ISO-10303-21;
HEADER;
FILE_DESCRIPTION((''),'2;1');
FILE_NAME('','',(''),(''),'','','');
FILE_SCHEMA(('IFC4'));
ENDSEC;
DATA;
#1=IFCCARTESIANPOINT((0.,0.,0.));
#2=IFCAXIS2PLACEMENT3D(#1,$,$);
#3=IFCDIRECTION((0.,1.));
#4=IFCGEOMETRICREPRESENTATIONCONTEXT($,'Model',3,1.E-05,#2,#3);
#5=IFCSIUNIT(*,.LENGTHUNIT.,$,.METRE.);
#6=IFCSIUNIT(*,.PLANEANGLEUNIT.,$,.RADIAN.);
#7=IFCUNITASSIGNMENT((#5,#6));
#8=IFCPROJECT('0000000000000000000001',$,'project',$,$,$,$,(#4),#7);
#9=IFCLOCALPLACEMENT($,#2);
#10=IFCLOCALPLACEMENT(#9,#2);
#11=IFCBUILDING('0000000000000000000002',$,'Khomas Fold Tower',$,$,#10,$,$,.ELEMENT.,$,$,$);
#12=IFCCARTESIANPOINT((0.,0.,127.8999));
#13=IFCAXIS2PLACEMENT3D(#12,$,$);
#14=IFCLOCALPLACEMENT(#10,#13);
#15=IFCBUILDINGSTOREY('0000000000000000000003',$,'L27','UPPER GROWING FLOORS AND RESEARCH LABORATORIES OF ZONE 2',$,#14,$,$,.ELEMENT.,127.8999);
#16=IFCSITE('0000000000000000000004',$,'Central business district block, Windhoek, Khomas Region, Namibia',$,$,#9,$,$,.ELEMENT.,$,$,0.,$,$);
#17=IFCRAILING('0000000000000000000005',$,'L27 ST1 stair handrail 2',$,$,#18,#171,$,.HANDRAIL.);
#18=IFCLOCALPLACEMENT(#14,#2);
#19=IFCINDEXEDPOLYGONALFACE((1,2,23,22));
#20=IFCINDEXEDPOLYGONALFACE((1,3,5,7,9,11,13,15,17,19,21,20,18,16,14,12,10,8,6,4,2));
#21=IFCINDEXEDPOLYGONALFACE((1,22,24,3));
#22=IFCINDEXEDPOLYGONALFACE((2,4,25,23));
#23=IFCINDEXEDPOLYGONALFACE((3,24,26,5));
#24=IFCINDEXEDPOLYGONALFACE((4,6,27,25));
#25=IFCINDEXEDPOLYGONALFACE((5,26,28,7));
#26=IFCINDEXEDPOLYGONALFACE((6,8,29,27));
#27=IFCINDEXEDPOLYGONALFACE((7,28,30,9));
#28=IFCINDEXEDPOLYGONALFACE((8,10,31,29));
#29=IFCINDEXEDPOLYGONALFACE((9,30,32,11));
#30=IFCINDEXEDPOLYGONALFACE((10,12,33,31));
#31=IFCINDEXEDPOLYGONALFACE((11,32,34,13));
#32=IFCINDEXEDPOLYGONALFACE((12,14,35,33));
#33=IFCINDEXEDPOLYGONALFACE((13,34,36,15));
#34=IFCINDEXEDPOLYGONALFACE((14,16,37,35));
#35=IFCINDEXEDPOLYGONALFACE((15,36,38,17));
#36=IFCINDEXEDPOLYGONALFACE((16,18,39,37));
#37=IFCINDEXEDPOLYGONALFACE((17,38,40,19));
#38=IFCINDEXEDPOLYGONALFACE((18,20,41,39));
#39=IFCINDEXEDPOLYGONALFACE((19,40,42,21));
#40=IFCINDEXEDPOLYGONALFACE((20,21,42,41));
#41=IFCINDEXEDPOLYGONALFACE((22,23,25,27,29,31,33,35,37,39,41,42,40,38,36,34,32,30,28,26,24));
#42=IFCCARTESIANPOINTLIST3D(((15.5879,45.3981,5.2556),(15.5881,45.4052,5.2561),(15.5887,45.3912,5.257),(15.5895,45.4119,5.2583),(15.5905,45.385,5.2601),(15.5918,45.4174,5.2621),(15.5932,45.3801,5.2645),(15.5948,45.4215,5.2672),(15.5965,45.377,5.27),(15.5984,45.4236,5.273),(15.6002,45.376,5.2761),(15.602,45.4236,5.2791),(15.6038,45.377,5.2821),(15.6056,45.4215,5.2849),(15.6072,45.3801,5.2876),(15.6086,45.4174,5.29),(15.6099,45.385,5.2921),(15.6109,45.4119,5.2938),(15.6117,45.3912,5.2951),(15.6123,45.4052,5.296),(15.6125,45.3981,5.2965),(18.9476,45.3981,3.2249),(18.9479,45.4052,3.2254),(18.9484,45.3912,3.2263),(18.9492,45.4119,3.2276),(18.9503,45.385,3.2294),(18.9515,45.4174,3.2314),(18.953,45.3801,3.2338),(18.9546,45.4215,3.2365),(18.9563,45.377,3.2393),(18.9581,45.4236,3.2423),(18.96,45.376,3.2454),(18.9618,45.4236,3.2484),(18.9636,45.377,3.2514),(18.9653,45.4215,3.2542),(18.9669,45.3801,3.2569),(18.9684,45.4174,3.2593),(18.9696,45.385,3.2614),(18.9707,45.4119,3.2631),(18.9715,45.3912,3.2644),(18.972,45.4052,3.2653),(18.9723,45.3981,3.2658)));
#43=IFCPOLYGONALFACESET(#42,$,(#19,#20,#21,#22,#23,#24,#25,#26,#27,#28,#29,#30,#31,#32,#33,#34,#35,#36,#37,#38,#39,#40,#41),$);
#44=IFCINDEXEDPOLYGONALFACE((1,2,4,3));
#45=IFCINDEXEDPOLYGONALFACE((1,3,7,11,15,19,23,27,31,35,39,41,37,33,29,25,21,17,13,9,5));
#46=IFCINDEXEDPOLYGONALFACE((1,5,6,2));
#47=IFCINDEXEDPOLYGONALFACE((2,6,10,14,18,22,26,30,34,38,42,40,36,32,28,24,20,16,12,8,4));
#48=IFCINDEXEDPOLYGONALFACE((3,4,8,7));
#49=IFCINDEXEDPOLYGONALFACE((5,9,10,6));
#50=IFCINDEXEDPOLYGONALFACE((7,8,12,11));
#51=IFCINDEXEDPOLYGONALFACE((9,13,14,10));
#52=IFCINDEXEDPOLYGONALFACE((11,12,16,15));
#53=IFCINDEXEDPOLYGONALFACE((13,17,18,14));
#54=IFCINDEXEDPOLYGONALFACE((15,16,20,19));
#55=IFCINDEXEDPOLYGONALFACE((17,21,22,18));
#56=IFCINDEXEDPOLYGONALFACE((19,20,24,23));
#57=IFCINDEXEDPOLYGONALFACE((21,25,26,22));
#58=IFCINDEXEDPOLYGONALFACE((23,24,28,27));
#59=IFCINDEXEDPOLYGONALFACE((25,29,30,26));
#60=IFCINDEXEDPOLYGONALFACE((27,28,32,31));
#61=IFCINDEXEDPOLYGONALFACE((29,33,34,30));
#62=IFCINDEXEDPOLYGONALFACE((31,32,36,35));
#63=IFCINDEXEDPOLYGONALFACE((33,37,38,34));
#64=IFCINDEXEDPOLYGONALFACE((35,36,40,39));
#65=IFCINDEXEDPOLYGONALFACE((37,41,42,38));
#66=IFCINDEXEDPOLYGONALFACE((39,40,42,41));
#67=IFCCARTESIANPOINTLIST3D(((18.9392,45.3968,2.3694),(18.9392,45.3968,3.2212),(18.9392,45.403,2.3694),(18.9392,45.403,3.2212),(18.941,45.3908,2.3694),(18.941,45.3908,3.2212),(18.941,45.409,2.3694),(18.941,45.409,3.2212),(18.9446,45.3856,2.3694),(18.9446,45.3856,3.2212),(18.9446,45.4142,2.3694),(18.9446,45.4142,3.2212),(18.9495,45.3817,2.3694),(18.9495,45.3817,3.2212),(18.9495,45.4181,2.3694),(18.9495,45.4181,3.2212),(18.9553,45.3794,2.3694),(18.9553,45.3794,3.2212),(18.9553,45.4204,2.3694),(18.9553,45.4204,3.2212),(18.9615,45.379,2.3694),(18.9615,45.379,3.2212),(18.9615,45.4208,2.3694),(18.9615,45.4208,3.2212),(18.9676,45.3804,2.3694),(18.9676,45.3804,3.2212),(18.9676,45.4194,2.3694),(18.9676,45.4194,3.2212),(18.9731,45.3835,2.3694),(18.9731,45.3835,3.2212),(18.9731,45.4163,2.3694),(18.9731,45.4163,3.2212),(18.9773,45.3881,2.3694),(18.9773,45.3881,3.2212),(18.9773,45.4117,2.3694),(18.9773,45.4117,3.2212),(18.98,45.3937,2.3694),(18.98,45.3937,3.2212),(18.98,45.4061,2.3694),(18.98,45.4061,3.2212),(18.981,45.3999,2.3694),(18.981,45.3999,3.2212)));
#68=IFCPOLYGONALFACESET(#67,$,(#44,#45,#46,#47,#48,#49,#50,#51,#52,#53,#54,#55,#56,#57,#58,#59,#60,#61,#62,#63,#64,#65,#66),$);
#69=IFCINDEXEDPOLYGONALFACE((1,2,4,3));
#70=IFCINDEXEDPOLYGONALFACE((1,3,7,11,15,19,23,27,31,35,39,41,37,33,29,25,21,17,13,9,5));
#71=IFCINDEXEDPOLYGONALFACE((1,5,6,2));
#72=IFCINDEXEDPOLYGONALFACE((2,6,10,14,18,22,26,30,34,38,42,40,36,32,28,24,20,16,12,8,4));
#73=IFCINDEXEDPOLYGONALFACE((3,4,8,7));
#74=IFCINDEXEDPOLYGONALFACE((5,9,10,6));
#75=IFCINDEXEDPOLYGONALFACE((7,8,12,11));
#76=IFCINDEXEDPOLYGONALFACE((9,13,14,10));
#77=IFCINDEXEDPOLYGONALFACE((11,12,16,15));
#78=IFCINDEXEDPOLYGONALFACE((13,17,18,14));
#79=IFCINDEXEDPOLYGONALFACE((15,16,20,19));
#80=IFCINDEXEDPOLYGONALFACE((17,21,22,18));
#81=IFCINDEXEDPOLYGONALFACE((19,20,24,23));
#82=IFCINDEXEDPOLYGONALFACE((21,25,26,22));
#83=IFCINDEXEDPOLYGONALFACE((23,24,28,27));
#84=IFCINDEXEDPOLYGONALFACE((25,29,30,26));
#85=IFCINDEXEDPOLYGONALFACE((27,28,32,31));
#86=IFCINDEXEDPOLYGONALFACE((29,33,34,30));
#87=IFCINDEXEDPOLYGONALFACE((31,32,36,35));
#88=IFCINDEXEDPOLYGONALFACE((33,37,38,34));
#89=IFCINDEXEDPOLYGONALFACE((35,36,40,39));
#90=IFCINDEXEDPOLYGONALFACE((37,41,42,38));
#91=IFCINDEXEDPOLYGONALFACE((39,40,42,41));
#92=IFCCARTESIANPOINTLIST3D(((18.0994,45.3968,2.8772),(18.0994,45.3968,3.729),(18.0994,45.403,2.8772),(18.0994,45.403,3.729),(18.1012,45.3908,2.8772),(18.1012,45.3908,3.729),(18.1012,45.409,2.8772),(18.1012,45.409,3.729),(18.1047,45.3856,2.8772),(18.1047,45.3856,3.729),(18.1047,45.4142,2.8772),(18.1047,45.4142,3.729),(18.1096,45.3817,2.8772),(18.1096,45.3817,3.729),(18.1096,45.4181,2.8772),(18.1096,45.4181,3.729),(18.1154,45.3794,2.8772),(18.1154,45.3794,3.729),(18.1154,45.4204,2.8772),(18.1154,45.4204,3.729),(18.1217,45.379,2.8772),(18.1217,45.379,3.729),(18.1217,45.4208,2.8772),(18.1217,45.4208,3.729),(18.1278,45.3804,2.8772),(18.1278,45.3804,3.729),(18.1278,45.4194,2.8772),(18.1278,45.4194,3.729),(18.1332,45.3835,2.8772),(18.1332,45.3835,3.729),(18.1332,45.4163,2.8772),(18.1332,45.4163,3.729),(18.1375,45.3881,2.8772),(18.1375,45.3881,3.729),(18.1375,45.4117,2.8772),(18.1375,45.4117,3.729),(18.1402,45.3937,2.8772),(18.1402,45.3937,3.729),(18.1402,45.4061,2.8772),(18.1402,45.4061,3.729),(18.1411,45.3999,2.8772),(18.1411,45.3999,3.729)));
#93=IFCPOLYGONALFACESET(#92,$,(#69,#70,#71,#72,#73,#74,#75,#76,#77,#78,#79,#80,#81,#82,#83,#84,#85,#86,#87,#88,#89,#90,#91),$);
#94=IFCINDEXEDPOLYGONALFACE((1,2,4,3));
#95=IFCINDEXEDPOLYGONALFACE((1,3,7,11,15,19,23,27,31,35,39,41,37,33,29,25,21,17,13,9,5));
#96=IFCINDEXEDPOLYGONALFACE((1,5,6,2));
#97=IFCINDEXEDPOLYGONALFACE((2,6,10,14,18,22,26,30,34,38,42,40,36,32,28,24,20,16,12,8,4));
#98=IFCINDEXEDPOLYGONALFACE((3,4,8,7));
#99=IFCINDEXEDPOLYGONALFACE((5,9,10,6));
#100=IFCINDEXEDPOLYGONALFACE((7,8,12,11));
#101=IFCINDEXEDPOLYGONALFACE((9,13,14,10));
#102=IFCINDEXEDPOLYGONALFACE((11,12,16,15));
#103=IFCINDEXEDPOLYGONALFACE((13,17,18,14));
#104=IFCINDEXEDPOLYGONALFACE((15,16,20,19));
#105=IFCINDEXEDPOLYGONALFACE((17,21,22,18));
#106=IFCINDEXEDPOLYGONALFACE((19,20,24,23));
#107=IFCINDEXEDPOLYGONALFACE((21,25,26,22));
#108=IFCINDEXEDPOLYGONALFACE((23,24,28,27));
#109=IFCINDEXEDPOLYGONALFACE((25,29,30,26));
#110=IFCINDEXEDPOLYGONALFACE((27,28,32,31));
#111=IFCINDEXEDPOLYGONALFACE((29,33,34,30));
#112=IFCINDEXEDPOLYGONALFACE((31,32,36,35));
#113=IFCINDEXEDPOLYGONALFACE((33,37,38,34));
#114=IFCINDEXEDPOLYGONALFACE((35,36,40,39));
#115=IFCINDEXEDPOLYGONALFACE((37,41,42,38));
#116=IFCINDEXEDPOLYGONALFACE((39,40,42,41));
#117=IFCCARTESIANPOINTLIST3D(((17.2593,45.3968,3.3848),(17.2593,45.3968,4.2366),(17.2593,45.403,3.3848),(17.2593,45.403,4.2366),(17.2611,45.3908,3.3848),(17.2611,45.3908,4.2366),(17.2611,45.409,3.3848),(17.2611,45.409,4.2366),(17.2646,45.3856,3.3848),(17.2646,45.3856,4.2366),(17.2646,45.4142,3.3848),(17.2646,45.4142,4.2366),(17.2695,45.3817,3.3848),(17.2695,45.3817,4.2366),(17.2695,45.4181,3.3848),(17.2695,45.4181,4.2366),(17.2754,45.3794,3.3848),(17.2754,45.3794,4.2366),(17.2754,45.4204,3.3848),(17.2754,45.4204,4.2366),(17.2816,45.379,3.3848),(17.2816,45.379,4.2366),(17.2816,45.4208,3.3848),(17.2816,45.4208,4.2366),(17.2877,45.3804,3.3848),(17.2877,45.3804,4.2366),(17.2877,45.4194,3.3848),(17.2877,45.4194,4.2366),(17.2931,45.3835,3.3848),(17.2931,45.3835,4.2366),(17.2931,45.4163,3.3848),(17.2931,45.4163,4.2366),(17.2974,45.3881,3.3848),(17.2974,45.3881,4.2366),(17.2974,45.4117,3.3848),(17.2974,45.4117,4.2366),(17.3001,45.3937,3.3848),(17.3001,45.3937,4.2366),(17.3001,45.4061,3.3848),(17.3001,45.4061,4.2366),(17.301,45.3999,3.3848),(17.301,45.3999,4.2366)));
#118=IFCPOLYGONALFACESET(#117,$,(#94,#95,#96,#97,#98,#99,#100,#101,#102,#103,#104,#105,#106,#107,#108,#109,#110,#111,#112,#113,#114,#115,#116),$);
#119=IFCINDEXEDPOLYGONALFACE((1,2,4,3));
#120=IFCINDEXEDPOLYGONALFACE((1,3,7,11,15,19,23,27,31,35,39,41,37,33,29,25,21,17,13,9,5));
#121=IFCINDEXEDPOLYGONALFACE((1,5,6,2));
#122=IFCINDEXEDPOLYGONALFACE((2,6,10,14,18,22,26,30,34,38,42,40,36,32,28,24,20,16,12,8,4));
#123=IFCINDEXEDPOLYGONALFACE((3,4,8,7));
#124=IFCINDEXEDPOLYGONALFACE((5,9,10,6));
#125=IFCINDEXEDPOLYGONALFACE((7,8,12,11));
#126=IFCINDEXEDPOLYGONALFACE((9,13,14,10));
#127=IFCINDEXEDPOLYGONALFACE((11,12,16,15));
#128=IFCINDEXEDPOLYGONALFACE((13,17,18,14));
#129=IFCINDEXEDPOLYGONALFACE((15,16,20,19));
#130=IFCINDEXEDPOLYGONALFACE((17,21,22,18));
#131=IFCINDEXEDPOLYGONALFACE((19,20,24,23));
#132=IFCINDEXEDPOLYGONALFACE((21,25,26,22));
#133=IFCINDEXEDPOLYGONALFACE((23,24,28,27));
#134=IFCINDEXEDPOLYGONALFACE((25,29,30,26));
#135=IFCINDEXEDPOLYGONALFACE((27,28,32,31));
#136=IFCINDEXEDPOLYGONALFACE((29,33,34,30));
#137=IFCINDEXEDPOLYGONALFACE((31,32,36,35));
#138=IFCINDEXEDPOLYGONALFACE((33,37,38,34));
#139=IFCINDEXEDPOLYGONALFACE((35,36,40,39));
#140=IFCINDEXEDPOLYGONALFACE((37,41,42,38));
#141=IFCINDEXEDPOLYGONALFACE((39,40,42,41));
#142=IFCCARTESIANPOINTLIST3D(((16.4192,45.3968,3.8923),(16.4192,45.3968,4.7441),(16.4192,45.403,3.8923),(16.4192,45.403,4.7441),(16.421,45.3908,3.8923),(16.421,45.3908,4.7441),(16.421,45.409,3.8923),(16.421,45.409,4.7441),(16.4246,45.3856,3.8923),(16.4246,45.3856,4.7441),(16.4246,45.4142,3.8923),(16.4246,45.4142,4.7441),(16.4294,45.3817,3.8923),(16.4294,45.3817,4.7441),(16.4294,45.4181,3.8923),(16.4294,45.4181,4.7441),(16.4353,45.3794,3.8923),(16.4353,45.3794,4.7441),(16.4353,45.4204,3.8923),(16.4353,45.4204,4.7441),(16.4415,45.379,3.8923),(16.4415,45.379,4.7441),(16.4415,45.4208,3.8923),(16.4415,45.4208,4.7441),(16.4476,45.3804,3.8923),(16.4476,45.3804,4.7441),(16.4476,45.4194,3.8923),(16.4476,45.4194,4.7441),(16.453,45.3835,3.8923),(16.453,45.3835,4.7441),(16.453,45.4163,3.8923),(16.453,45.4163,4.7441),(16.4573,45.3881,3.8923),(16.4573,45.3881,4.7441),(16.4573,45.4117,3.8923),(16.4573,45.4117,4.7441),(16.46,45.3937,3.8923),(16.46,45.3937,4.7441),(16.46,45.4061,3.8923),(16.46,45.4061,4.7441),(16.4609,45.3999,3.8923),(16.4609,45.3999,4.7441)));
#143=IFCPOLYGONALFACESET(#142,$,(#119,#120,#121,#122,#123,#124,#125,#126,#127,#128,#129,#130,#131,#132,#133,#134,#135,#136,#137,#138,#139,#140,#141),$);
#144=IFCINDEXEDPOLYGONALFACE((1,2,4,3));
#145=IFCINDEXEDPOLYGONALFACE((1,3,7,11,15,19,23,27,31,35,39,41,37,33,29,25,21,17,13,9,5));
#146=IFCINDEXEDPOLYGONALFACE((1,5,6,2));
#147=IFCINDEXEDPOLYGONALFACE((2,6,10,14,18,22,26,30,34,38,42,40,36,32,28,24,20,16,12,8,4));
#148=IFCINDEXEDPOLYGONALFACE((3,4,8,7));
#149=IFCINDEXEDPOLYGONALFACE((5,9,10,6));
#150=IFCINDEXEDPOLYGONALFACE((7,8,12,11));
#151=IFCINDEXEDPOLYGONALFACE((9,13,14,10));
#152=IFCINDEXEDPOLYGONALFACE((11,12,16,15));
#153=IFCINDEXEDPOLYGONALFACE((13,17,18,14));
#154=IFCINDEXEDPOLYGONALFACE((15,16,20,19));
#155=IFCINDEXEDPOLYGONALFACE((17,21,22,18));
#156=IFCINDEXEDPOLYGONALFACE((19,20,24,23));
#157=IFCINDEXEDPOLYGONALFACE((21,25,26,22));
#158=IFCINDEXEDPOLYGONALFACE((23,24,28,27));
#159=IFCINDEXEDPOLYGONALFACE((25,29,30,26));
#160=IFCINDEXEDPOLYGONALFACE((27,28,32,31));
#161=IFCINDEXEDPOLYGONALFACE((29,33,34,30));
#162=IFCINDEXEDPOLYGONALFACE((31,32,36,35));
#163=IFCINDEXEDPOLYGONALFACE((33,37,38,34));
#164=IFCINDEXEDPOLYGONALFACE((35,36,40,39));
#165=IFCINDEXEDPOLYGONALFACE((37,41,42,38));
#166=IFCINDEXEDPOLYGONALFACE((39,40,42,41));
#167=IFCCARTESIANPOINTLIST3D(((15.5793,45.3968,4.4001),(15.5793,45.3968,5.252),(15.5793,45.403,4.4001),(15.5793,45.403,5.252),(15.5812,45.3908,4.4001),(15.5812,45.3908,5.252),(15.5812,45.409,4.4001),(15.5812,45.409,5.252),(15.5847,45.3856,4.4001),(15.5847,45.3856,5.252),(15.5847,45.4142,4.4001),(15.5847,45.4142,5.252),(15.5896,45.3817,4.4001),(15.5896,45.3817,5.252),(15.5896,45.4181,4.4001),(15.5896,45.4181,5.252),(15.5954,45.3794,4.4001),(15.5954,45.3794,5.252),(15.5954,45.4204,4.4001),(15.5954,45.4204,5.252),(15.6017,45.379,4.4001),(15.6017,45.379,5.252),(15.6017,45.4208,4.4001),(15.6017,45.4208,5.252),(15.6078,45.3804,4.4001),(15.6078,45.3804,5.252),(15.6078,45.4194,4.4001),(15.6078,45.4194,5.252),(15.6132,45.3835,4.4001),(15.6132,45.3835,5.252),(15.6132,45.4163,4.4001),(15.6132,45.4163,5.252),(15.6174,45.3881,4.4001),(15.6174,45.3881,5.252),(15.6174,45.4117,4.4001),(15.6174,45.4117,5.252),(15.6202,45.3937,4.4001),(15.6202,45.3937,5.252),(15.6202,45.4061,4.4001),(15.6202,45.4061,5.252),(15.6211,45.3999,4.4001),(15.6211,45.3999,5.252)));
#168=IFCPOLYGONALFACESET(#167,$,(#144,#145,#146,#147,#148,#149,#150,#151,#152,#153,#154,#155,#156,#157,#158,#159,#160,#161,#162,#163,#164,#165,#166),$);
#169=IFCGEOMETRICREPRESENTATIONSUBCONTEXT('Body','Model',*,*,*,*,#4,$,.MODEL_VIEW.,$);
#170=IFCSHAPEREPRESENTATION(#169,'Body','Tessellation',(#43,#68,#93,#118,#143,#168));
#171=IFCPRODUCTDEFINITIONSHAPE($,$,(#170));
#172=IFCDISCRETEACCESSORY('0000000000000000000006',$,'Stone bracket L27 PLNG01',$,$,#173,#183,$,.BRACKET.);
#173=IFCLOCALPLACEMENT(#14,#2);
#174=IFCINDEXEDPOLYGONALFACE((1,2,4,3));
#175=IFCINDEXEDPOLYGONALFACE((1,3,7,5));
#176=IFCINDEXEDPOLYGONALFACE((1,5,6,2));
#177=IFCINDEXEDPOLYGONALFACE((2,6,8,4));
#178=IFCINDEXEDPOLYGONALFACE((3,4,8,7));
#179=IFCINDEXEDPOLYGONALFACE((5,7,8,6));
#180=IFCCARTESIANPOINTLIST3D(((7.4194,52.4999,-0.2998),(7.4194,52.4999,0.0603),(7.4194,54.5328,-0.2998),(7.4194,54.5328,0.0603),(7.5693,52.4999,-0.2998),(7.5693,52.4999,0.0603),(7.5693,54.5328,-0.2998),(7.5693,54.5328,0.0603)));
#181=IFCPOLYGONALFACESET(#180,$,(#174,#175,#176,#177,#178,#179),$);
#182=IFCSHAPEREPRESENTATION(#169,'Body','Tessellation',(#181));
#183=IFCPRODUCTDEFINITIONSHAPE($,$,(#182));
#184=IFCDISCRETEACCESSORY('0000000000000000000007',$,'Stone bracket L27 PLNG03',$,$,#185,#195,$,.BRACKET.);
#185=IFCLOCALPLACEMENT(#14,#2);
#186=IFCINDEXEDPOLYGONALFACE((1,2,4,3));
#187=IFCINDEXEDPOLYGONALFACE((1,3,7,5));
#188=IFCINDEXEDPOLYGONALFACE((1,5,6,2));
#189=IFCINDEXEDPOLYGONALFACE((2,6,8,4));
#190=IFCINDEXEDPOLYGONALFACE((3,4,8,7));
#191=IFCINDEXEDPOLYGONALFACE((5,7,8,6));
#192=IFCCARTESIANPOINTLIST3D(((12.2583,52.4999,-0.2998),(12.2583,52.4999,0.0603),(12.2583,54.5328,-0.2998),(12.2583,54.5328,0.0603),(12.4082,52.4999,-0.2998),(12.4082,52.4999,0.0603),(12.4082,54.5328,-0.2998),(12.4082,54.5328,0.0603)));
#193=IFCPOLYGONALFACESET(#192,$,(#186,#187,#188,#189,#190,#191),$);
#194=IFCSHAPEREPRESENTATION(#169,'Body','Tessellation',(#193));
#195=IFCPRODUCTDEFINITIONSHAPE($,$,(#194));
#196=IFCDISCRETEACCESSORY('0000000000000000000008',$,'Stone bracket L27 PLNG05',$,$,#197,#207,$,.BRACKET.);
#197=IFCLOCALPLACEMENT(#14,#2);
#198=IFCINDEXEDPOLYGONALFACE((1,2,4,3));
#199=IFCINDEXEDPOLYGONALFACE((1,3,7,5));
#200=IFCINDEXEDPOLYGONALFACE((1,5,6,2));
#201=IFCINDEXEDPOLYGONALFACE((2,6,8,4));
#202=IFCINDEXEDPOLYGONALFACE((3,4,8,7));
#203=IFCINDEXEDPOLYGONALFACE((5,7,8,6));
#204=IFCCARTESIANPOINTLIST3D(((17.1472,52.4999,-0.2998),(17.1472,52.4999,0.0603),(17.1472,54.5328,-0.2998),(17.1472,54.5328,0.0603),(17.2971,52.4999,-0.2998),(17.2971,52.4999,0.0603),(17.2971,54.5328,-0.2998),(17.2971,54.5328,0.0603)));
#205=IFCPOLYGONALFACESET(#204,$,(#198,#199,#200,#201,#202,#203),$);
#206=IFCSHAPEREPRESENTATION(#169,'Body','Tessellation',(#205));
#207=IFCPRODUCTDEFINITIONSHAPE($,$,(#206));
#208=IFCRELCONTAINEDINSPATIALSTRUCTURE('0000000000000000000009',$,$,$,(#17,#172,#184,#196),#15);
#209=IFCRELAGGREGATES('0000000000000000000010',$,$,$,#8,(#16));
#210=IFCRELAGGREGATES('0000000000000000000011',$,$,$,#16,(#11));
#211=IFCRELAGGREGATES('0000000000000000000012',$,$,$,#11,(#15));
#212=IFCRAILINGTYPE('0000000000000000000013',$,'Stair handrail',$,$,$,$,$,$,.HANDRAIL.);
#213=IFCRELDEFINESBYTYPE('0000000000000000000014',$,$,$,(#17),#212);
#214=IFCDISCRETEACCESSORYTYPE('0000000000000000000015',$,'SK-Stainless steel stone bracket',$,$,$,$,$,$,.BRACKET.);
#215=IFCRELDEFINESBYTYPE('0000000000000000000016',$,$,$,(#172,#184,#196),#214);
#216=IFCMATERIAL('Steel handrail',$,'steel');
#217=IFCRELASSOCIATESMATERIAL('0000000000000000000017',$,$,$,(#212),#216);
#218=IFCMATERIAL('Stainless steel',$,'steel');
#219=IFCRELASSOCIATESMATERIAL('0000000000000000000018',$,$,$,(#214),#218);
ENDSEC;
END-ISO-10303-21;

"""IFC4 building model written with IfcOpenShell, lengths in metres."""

from ifc_helpers import new_model, si_unit, direction, frame, origin, origin_2d, place, context, subcontext, project, spatial, rectangle, circle, extrude, source, transform, mapped, material, type_object, element, save


model = new_model("IFC4")

# Units and contexts
model_context = context("Model", 3, precision=1e-05, world=origin(), true_north=direction((0.0, 1.0)))
body_context = subcontext(model_context, "Body", "Model", "MODEL_VIEW")
ifc_project = project(units=[si_unit("LENGTHUNIT", "METRE"), si_unit("PLANEANGLEUNIT", "RADIAN")], contexts=[model_context])

# Site, building, storey
site_placement = place(None, origin())
site = spatial("IfcSite", under=ifc_project, at=site_placement, Name="Central business district block, Windhoek, Khomas Region, Namibia", CompositionType="ELEMENT", RefElevation=0.0)
building_placement = place(site_placement, origin())
building = spatial("IfcBuilding", under=site, at=building_placement, Name="Khomas Fold Tower", CompositionType="ELEMENT")
storey_placement = place(building_placement, frame((0.0, 0.0, 127.8999)))
storey = spatial("IfcBuildingStorey", under=building, at=storey_placement, Name="L27", Description="UPPER GROWING FLOORS AND RESEARCH LABORATORIES OF ZONE 2", CompositionType="ELEMENT", Elevation=127.8999)

# Railing
ifc_material_1 = material(Name="Steel handrail", Category="steel")
railing_type_1 = type_object("IfcRailingType", Name="Stair handrail", PredefinedType="HANDRAIL", material=ifc_material_1)
shared_shape_1 = source(origin(), body_context, "Body", "SweptSolid", [
    extrude(circle(Radius=0.0239, at=origin_2d()), frame((0.0, 0.0, 0.876), z_axis=(-0.85582, 0.0, 0.517273), x_axis=(0.0, -1.0, 0.0)), (0.0, 0.0, 1.0), 3.9258),
    extrude(circle(Radius=0.021, at=origin_2d()), origin(), (0.0, 0.0, 1.0), 0.8518),
    extrude(circle(Radius=0.021, at=origin_2d()), frame((-0.8398, 0.0, 0.5078)), (0.0, 0.0, 1.0), 0.8518),
    extrude(circle(Radius=0.021, at=origin_2d()), frame((-1.6799, 0.0, 1.0154)), (0.0, 0.0, 1.0), 0.8518),
    extrude(circle(Radius=0.021, at=origin_2d()), frame((-2.52, 0.0, 1.5229)), (0.0, 0.0, 1.0), 0.8518),
    extrude(circle(Radius=0.021, at=origin_2d()), frame((-3.3599, 0.0, 2.0308)), (0.0, 0.0, 1.0), 0.8518),
])
railing_1_placement = place(storey_placement, frame((18.96, 45.3999, 2.3694)))
element("IfcRailing", 1, at=railing_1_placement, inside=storey, type_object=railing_type_1, Name="L27 ST1 stair handrail 2", PredefinedType="HANDRAIL", context=body_context, shape_type="MappedRepresentation", body=[
    mapped(shared_shape_1, transform((0.0, 0.0, 0.0))),
])

# Discrete accessories
ifc_material_2 = material(Name="Stainless steel", Category="steel")
discrete_accessory_type = type_object("IfcDiscreteAccessoryType", Name="SK-Stainless steel stone bracket", PredefinedType="BRACKET", material=ifc_material_2)
shared_shape_2 = source(origin(), body_context, "Body", "SweptSolid", [
    extrude(rectangle(XDim=2.033, YDim=0.1499, at=origin_2d()), origin(), (0.0, 0.0, 1.0), 0.3601),
])
for number, where, z_axis, x_axis, name in (
    (2, (7.4944, 53.5164, -0.2998), (0.0, 0.0, 1.0), (0.0, 1.0, 0.0), "Stone bracket L27 PLNG01"),
    (3, (12.3333, 53.5164, -0.2998), (0.0, 0.0, 1.0), (0.0, 1.0, 0.0), "Stone bracket L27 PLNG03"),
    (4, (17.2222, 53.5164, -0.2998), (0.0, 0.0, 1.0), (0.0, 1.0, 0.0), "Stone bracket L27 PLNG05"),
):
    element("IfcDiscreteAccessory", number, at=place(storey_placement, frame(where, z_axis=z_axis, x_axis=x_axis)), inside=storey, type_object=discrete_accessory_type, Name=name, PredefinedType="BRACKET", context=body_context, shape_type="MappedRepresentation", body=[
        mapped(shared_shape_2, transform((0.0, 0.0, 0.0))),
    ])

save(model, "model.ifc")
